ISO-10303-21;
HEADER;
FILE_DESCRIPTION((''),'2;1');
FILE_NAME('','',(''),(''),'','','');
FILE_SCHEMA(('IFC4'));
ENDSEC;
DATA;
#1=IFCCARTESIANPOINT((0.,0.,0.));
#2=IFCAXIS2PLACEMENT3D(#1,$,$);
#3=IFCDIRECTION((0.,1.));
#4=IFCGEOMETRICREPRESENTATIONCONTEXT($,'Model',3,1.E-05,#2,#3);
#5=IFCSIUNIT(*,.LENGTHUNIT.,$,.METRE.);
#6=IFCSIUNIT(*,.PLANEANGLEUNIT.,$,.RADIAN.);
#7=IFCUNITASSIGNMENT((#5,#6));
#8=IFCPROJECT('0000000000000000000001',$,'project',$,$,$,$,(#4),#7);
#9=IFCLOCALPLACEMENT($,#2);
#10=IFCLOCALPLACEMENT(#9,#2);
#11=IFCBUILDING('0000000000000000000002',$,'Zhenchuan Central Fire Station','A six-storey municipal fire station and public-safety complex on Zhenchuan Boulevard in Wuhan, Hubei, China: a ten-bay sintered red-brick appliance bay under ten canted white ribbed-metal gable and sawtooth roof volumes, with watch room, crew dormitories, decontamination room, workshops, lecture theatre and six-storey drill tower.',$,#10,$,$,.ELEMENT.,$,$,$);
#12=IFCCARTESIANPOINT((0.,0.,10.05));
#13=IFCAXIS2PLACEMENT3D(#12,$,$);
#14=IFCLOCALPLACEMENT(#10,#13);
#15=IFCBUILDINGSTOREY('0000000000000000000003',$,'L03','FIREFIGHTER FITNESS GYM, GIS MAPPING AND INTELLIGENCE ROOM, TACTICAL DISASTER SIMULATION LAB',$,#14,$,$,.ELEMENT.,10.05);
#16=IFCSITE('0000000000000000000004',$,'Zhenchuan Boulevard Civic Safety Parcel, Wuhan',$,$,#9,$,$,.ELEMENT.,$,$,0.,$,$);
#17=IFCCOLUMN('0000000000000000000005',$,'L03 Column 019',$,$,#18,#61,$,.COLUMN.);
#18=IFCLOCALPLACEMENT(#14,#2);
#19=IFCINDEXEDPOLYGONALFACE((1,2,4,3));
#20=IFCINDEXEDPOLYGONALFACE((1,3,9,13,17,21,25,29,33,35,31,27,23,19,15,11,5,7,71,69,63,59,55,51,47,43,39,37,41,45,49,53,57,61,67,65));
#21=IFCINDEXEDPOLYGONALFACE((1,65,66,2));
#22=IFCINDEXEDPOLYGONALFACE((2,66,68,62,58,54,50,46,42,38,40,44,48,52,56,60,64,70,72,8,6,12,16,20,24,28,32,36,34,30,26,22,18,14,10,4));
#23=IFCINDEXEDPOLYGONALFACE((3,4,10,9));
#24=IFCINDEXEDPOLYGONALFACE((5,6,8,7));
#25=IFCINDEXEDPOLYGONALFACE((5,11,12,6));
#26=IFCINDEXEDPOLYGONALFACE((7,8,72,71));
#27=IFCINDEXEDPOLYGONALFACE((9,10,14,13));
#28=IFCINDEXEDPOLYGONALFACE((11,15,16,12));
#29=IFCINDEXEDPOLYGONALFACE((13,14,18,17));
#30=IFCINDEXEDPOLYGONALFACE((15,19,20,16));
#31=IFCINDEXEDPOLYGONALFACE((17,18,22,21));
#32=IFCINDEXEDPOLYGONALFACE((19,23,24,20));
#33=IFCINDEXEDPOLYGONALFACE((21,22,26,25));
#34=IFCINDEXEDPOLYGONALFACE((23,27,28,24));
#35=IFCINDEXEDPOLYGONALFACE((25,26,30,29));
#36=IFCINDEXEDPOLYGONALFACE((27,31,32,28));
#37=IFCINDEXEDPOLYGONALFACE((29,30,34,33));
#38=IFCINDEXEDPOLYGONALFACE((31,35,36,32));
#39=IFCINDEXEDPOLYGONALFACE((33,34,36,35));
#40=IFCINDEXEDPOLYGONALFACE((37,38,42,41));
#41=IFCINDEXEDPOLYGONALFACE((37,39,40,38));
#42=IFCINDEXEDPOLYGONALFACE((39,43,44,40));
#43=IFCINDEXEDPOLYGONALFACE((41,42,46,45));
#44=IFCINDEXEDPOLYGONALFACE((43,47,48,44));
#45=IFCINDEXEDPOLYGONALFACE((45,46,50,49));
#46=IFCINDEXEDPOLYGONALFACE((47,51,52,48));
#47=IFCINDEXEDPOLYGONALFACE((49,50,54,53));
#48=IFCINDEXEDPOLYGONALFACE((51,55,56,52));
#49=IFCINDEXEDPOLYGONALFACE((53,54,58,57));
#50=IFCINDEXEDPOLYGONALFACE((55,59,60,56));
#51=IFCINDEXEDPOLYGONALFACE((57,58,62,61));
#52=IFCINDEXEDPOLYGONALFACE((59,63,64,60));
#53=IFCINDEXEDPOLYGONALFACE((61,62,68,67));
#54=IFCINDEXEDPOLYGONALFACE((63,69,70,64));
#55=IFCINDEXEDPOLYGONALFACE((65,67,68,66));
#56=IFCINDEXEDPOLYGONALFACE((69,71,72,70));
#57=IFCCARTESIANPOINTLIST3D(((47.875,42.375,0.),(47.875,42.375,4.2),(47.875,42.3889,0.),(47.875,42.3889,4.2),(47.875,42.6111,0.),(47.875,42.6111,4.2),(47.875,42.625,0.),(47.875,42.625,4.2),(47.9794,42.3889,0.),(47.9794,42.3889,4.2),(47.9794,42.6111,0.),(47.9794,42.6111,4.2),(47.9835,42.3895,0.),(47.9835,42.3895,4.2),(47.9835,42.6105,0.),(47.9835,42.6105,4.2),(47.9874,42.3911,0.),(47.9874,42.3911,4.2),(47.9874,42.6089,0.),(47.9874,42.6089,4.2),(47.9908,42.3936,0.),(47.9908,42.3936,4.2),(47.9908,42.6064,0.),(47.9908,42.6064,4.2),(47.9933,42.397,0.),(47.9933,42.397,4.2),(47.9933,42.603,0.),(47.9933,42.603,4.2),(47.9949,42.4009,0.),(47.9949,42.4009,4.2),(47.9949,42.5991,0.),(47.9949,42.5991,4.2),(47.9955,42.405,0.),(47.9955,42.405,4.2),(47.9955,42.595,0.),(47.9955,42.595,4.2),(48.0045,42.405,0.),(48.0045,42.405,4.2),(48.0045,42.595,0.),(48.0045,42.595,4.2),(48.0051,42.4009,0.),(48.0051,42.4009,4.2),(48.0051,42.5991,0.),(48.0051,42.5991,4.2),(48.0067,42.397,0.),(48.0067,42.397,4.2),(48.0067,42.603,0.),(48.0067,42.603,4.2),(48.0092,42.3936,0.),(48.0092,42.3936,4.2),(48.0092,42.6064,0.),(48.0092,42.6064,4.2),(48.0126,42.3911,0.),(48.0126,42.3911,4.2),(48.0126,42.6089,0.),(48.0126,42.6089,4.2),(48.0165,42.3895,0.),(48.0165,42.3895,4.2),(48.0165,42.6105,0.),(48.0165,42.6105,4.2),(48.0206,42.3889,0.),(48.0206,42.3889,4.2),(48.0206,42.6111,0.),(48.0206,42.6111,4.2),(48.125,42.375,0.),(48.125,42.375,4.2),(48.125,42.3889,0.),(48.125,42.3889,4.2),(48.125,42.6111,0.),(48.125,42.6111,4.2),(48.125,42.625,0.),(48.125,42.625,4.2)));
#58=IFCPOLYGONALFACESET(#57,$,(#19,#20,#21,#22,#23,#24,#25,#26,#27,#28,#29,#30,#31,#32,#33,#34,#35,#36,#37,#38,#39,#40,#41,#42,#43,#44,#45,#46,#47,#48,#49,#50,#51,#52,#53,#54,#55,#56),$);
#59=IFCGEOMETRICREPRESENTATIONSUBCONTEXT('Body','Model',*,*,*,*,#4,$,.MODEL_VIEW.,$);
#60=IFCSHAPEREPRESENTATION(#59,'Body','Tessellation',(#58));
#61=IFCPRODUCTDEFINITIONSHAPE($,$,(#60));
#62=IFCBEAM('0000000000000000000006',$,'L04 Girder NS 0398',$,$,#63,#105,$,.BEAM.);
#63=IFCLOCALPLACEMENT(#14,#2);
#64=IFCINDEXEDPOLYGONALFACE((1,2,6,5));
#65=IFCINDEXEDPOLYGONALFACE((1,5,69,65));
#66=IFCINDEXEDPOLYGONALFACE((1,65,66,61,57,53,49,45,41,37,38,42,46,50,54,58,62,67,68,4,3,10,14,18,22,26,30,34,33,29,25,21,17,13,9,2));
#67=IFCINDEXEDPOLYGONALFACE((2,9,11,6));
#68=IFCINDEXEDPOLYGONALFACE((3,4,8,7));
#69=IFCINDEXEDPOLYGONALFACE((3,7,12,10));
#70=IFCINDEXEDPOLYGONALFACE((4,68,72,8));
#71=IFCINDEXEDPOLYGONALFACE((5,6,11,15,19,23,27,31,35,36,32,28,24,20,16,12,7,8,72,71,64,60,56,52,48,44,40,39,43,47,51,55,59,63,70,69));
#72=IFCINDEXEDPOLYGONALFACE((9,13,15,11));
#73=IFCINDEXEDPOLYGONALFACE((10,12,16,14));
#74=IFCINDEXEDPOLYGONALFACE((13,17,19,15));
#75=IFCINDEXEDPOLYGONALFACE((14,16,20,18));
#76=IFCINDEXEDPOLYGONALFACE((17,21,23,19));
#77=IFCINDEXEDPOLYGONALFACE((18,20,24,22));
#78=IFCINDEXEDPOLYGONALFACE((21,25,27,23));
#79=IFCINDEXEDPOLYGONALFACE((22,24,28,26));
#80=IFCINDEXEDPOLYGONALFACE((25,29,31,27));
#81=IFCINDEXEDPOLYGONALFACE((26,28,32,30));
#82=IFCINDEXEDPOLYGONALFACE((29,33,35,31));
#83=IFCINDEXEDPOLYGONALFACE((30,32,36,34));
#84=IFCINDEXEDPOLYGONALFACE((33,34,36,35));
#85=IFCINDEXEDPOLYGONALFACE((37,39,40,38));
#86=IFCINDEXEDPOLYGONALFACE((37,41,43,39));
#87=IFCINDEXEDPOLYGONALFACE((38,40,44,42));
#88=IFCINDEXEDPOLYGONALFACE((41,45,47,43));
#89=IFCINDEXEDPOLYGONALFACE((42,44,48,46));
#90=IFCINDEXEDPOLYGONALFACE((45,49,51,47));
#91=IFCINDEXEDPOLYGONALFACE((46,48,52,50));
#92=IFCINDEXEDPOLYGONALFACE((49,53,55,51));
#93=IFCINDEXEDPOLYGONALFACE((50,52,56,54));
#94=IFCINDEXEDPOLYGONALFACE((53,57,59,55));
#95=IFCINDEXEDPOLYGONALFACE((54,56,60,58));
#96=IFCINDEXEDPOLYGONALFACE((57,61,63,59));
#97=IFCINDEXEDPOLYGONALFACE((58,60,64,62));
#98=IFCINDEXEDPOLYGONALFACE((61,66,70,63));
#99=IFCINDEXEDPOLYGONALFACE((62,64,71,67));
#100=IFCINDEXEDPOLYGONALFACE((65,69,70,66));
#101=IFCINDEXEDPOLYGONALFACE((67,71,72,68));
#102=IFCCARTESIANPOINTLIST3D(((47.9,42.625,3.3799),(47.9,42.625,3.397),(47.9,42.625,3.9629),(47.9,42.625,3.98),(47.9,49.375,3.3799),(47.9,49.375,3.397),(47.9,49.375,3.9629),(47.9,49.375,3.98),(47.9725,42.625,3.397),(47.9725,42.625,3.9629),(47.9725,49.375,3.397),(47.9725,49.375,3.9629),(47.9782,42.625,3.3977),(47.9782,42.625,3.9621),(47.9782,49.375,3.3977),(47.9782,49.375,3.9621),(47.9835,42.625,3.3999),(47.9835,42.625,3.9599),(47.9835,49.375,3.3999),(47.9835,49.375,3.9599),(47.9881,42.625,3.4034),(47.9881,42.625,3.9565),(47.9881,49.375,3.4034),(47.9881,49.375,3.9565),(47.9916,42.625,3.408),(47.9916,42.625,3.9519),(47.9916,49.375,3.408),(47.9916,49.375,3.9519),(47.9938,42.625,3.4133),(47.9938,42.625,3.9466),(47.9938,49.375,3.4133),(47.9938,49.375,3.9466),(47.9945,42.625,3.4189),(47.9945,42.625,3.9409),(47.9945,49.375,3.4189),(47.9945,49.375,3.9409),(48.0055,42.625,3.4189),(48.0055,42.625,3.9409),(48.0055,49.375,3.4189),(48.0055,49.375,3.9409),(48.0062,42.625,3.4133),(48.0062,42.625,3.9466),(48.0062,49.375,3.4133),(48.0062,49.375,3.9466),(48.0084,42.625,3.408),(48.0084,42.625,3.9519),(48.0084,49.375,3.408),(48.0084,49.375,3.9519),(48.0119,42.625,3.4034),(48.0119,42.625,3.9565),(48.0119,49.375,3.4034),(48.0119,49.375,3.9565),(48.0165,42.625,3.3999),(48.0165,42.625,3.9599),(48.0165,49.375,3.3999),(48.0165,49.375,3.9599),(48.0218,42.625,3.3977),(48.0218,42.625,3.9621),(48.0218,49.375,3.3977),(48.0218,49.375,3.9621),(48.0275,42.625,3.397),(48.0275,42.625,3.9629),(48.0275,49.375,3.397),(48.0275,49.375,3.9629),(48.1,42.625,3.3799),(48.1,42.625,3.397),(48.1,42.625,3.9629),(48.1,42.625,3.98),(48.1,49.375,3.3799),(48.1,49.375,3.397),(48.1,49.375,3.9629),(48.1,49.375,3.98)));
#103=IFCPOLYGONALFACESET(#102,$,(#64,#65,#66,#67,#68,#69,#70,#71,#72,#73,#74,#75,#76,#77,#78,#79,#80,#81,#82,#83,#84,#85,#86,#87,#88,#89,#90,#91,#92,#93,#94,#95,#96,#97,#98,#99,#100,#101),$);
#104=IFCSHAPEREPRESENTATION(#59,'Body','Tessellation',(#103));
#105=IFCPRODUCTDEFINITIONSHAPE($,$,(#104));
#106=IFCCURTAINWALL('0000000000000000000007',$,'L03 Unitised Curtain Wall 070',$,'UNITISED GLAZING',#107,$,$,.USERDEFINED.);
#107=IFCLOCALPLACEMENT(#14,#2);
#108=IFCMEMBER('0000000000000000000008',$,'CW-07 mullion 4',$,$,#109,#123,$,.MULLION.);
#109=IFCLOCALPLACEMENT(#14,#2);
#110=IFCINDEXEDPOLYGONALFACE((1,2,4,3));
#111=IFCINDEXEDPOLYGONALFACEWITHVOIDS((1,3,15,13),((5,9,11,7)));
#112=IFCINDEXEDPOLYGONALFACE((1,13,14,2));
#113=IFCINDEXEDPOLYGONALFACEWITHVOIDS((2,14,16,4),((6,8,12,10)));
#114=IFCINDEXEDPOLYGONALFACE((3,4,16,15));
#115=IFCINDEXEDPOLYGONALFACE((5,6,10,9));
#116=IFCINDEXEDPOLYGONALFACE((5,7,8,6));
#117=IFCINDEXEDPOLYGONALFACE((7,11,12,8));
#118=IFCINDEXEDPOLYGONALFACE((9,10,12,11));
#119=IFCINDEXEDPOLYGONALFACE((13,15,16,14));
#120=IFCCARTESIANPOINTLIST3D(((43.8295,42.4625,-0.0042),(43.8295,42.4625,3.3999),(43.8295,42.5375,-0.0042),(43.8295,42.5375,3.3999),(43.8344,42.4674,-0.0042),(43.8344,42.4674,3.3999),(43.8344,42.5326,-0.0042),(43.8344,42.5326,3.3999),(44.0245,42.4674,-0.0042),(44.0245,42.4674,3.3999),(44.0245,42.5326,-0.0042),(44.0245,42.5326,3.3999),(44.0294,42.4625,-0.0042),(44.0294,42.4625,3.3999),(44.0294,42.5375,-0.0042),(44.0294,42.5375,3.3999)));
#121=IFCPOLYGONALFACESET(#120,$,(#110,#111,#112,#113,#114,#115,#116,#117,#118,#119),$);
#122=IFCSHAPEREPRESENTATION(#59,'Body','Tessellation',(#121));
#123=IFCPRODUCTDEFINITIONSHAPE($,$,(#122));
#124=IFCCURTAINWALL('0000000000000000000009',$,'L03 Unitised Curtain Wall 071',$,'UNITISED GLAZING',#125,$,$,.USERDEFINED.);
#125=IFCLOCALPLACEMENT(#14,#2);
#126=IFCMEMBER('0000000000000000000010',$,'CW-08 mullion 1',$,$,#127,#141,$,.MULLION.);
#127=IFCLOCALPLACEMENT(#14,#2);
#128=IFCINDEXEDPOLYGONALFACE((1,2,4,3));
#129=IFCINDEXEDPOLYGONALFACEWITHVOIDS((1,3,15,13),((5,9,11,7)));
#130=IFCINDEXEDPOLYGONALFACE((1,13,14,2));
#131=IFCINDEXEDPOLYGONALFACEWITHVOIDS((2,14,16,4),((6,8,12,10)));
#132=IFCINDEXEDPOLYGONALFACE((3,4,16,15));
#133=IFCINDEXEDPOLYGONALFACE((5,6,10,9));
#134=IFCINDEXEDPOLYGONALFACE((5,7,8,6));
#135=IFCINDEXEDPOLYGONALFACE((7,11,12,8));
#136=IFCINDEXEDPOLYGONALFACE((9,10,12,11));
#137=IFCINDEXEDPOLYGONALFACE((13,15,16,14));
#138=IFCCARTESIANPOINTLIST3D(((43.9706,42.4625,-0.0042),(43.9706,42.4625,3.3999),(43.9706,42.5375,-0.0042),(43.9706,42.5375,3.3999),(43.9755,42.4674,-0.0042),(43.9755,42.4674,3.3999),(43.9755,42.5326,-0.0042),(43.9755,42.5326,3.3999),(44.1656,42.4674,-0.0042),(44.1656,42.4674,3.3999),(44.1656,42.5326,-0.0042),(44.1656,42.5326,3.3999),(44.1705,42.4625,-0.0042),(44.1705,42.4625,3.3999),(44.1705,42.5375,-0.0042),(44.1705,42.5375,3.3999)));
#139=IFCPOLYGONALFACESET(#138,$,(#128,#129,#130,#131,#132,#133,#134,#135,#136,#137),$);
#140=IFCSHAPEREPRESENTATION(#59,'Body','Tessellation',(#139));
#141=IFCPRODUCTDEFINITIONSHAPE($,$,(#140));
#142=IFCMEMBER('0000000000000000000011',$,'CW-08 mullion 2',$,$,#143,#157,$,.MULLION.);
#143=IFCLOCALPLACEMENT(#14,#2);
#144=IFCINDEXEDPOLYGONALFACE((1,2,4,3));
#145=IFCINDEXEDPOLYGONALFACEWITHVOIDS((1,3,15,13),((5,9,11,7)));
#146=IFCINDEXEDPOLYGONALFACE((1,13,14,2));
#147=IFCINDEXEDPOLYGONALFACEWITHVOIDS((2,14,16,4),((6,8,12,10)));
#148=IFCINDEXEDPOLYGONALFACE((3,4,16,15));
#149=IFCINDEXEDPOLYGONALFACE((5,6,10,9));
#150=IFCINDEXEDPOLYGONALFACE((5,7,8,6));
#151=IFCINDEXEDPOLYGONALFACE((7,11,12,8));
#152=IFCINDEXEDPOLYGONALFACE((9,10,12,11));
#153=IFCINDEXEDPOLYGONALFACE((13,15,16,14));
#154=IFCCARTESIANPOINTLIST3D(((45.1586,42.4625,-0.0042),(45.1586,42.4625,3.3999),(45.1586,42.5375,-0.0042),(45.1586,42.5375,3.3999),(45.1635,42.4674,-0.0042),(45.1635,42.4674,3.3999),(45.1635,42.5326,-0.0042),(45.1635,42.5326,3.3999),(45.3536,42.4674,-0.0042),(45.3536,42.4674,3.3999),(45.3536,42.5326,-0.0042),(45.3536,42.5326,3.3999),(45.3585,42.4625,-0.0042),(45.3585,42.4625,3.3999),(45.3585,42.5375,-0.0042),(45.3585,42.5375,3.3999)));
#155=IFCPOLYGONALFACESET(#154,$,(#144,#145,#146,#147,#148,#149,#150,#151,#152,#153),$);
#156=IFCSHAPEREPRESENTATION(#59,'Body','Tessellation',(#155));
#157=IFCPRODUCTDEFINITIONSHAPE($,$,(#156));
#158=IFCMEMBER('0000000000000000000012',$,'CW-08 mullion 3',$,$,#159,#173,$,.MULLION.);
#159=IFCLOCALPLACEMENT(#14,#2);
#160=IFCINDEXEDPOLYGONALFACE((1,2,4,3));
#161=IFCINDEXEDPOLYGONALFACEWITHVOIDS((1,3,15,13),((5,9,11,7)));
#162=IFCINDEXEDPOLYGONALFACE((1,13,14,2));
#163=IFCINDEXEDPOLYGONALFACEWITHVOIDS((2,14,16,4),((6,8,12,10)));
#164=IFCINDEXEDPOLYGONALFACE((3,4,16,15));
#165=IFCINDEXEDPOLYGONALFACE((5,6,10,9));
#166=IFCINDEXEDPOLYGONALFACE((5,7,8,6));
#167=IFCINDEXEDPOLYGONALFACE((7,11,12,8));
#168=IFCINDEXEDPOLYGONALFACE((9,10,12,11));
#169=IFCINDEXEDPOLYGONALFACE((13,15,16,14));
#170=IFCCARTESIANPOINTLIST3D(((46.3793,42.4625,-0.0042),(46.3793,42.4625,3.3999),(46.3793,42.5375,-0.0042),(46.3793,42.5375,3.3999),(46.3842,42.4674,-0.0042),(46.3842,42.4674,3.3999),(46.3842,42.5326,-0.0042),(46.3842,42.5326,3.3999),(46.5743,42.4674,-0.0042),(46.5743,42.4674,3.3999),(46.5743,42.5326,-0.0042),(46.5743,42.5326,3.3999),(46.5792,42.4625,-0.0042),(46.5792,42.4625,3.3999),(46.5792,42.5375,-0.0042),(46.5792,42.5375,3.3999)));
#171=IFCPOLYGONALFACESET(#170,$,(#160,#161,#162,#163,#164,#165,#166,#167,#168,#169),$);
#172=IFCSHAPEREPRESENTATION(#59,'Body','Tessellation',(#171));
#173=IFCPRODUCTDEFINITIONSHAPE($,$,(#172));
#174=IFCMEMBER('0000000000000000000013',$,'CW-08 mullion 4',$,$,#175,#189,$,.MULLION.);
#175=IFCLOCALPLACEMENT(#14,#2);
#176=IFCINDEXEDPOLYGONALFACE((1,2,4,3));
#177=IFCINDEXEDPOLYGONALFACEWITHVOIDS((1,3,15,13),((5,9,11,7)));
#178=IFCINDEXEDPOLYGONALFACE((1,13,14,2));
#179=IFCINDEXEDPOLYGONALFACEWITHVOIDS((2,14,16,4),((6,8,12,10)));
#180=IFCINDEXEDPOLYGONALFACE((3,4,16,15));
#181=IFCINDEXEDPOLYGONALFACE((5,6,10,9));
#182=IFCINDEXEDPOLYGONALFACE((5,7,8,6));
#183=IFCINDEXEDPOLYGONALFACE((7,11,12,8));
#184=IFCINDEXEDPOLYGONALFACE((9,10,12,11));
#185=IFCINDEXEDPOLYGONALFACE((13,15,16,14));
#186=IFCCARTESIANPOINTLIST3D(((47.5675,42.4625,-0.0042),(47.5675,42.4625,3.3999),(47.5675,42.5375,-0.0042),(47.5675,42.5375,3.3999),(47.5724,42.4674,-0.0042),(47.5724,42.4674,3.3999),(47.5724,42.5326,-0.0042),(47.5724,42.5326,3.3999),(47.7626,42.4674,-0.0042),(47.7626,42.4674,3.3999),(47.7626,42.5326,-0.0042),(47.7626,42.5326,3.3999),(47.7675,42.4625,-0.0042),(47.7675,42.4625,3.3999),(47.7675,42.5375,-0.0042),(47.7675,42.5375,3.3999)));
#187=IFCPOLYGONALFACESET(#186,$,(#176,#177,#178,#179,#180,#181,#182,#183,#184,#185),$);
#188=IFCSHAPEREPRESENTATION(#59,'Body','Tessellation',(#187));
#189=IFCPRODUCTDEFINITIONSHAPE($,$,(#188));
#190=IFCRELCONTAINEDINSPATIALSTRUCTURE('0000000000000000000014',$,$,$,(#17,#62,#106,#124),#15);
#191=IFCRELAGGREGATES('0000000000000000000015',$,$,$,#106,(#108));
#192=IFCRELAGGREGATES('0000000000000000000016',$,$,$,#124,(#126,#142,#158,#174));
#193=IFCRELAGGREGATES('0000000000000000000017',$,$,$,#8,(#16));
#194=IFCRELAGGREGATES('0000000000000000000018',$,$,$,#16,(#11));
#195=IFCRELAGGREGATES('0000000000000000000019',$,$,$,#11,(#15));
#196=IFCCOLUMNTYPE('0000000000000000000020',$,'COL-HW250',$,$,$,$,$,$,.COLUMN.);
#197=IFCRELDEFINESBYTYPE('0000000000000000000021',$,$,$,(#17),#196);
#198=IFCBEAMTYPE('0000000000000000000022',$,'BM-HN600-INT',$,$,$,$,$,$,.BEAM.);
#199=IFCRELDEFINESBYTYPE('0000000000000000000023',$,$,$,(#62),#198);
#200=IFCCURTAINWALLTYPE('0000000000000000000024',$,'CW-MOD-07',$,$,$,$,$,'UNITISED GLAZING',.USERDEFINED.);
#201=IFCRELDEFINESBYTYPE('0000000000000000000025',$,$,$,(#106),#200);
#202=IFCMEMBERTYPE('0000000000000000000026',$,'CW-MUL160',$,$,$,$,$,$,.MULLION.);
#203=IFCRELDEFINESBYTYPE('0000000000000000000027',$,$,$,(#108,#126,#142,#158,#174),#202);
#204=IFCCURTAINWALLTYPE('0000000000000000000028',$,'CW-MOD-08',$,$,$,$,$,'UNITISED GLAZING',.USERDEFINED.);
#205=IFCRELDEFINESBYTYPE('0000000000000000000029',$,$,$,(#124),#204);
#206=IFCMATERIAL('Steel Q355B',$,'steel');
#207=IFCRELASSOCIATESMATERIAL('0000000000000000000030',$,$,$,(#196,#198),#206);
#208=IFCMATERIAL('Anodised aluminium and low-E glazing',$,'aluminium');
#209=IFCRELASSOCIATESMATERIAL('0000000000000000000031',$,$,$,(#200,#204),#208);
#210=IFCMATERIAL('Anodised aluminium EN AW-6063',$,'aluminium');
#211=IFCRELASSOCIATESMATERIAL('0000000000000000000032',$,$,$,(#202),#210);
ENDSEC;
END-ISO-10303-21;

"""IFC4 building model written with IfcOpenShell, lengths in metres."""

from ifc_helpers import new_model, si_unit, direction, frame, origin, origin_2d, place, context, subcontext, project, spatial, hollow_rectangle, i_section, extrude, material, material_profile, profile_set, type_object, element, aggregate, save


model = new_model("IFC4")

# Units and contexts
model_context = context("Model", 3, precision=1e-05, world=origin(), true_north=direction((0.0, 1.0)))
body_context = subcontext(model_context, "Body", "Model", "MODEL_VIEW")
ifc_project = project(units=[si_unit("LENGTHUNIT", "METRE"), si_unit("PLANEANGLEUNIT", "RADIAN")], contexts=[model_context])

# Site, building, storey
site_placement = place(None, origin())
site = spatial("IfcSite", under=ifc_project, at=site_placement, Name="Zhenchuan Boulevard Civic Safety Parcel, Wuhan", CompositionType="ELEMENT", RefElevation=0.0)
building_placement = place(site_placement, origin())
building = spatial("IfcBuilding", under=site, at=building_placement, Name="Zhenchuan Central Fire Station", Description="A six-storey municipal fire station and public-safety complex on Zhenchuan Boulevard in Wuhan, Hubei, China: a ten-bay sintered red-brick appliance bay under ten canted white ribbed-metal gable and sawtooth roof volumes, with watch room, crew dormitories, decontamination room, workshops, lecture theatre and six-storey drill tower.", CompositionType="ELEMENT")
storey_placement = place(building_placement, frame((0.0, 0.0, 10.05)))
storey = spatial("IfcBuildingStorey", under=building, at=storey_placement, Name="L03", Description="FIREFIGHTER FITNESS GYM, GIS MAPPING AND INTELLIGENCE ROOM, TACTICAL DISASTER SIMULATION LAB", CompositionType="ELEMENT", Elevation=10.05)

# Column
ifc_material_1 = material(Name="Steel Q355B", Category="steel")
ifc_material_profile_1 = material_profile(ifc_material_1, i_section(OverallWidth=0.25, OverallDepth=0.25, WebThickness=0.009, FlangeThickness=0.0139, FilletRadius=0.0161, at=origin_2d()), Name="HW 250x250")
ifc_profile_set_1 = profile_set([ifc_material_profile_1], Name="Steel Q355B")
column_type = type_object("IfcColumnType", Name="COL-HW250", PredefinedType="COLUMN", material=ifc_profile_set_1)
column_placement = place(storey_placement, frame((48.0, 42.5, 0.0), z_axis=(0.0, 0.0, 1.0), x_axis=(1.0, 0.0, 0.0)))
element("IfcColumn", 1, at=column_placement, inside=storey, type_object=column_type, Name="L03 Column 019", PredefinedType="COLUMN", context=body_context, shape_type="SweptSolid", body=[
    extrude(i_section(OverallWidth=0.25, OverallDepth=0.25, WebThickness=0.009, FlangeThickness=0.0139, FilletRadius=0.0161, at=origin_2d()), origin(), (0.0, 0.0, 1.0), 4.2),
])

# Beam
ifc_material_profile_2 = material_profile(ifc_material_1, i_section(OverallWidth=0.2, OverallDepth=0.6001, WebThickness=0.011, FlangeThickness=0.0171, FilletRadius=0.022, at=origin_2d()), Name="HN 600x200")
ifc_profile_set_2 = profile_set([ifc_material_profile_2], Name="Steel Q355B")
beam_type_1 = type_object("IfcBeamType", Name="BM-HN600-INT", PredefinedType="BEAM", material=ifc_profile_set_2)
beam_1_placement = place(storey_placement, frame((48.0, 42.625, 3.6799), z_axis=(0.0, 1.0, 0.0), x_axis=(-1.0, 0.0, 0.0)))
element("IfcBeam", 2, at=beam_1_placement, inside=storey, type_object=beam_type_1, Name="L04 Girder NS 0398", PredefinedType="BEAM", context=body_context, shape_type="SweptSolid", body=[
    extrude(i_section(OverallWidth=0.2, OverallDepth=0.6001, WebThickness=0.011, FlangeThickness=0.0171, FilletRadius=0.022, at=origin_2d()), origin(), (0.0, 0.0, 1.0), 6.75),
])

# Curtain wall, member
ifc_material_2 = material(Name="Anodised aluminium and low-E glazing", Category="aluminium")
curtain_wall_type_1 = type_object("IfcCurtainWallType", Name="CW-MOD-07", ElementType="UNITISED GLAZING", PredefinedType="USERDEFINED", material=ifc_material_2)
curtain_wall_1_placement = place(storey_placement, origin())
curtain_wall_1 = element("IfcCurtainWall", 3, at=curtain_wall_1_placement, inside=storey, type_object=curtain_wall_type_1, Name="L03 Unitised Curtain Wall 070", ObjectType="UNITISED GLAZING", PredefinedType="USERDEFINED")
ifc_material_3 = material(Name="Anodised aluminium EN AW-6063", Category="aluminium")
ifc_material_profile_3 = material_profile(ifc_material_3, hollow_rectangle(XDim=0.075, YDim=0.2, WallThickness=0.0049, at=origin_2d()), Name="ALU-M 200x75")
ifc_profile_set_3 = profile_set([ifc_material_profile_3], Name="Anodised aluminium EN AW-6063")
member_type_1 = type_object("IfcMemberType", Name="CW-MUL160", PredefinedType="MULLION", material=ifc_profile_set_3)
member_1_placement = place(storey_placement, frame((43.9294, 42.5, -0.0042), z_axis=(0.0, 0.0, 1.0), x_axis=(0.0, 1.0, 0.0)))
member_1 = element("IfcMember", 4, at=member_1_placement, type_object=member_type_1, Name="CW-07 mullion 4", PredefinedType="MULLION", context=body_context, shape_type="SweptSolid", body=[
    extrude(hollow_rectangle(XDim=0.075, YDim=0.2, WallThickness=0.0049, at=origin_2d()), origin(), (0.0, 0.0, 1.0), 3.4041),
])
aggregate(curtain_wall_1, [member_1])

# Curtain wall, members
curtain_wall_type_2 = type_object("IfcCurtainWallType", Name="CW-MOD-08", ElementType="UNITISED GLAZING", PredefinedType="USERDEFINED", material=ifc_material_2)
curtain_wall_2_placement = place(storey_placement, origin())
curtain_wall_2 = element("IfcCurtainWall", 5, at=curtain_wall_2_placement, inside=storey, type_object=curtain_wall_type_2, Name="L03 Unitised Curtain Wall 071", ObjectType="UNITISED GLAZING", PredefinedType="USERDEFINED")
member_2_placement = place(storey_placement, frame((44.0706, 42.5, -0.0042), z_axis=(0.0, 0.0, 1.0), x_axis=(0.0, 1.0, 0.0)))
member_2 = element("IfcMember", 6, at=member_2_placement, type_object=member_type_1, Name="CW-08 mullion 1", PredefinedType="MULLION", context=body_context, shape_type="SweptSolid", body=[
    extrude(hollow_rectangle(XDim=0.075, YDim=0.2, WallThickness=0.0049, at=origin_2d()), origin(), (0.0, 0.0, 1.0), 3.4041),
])
member_3_placement = place(storey_placement, frame((45.2585, 42.5, -0.0042), z_axis=(0.0, 0.0, 1.0), x_axis=(0.0, 1.0, 0.0)))
member_3 = element("IfcMember", 7, at=member_3_placement, type_object=member_type_1, Name="CW-08 mullion 2", PredefinedType="MULLION", context=body_context, shape_type="SweptSolid", body=[
    extrude(hollow_rectangle(XDim=0.075, YDim=0.2, WallThickness=0.0049, at=origin_2d()), origin(), (0.0, 0.0, 1.0), 3.4041),
])
member_4_placement = place(storey_placement, frame((46.4792, 42.5, -0.0042), z_axis=(0.0, 0.0, 1.0), x_axis=(0.0, 1.0, 0.0)))
member_4 = element("IfcMember", 8, at=member_4_placement, type_object=member_type_1, Name="CW-08 mullion 3", PredefinedType="MULLION", context=body_context, shape_type="SweptSolid", body=[
    extrude(hollow_rectangle(XDim=0.075, YDim=0.2, WallThickness=0.0049, at=origin_2d()), origin(), (0.0, 0.0, 1.0), 3.4041),
])
member_5_placement = place(storey_placement, frame((47.6675, 42.5, -0.0042), z_axis=(0.0, 0.0, 1.0), x_axis=(0.0, 1.0, 0.0)))
member_5 = element("IfcMember", 9, at=member_5_placement, type_object=member_type_1, Name="CW-08 mullion 4", PredefinedType="MULLION", context=body_context, shape_type="SweptSolid", body=[
    extrude(hollow_rectangle(XDim=0.075, YDim=0.2, WallThickness=0.0049, at=origin_2d()), origin(), (0.0, 0.0, 1.0), 3.4041),
])

aggregate(curtain_wall_2, [member_2, member_3, member_4, member_5])

save(model, "model.ifc")
